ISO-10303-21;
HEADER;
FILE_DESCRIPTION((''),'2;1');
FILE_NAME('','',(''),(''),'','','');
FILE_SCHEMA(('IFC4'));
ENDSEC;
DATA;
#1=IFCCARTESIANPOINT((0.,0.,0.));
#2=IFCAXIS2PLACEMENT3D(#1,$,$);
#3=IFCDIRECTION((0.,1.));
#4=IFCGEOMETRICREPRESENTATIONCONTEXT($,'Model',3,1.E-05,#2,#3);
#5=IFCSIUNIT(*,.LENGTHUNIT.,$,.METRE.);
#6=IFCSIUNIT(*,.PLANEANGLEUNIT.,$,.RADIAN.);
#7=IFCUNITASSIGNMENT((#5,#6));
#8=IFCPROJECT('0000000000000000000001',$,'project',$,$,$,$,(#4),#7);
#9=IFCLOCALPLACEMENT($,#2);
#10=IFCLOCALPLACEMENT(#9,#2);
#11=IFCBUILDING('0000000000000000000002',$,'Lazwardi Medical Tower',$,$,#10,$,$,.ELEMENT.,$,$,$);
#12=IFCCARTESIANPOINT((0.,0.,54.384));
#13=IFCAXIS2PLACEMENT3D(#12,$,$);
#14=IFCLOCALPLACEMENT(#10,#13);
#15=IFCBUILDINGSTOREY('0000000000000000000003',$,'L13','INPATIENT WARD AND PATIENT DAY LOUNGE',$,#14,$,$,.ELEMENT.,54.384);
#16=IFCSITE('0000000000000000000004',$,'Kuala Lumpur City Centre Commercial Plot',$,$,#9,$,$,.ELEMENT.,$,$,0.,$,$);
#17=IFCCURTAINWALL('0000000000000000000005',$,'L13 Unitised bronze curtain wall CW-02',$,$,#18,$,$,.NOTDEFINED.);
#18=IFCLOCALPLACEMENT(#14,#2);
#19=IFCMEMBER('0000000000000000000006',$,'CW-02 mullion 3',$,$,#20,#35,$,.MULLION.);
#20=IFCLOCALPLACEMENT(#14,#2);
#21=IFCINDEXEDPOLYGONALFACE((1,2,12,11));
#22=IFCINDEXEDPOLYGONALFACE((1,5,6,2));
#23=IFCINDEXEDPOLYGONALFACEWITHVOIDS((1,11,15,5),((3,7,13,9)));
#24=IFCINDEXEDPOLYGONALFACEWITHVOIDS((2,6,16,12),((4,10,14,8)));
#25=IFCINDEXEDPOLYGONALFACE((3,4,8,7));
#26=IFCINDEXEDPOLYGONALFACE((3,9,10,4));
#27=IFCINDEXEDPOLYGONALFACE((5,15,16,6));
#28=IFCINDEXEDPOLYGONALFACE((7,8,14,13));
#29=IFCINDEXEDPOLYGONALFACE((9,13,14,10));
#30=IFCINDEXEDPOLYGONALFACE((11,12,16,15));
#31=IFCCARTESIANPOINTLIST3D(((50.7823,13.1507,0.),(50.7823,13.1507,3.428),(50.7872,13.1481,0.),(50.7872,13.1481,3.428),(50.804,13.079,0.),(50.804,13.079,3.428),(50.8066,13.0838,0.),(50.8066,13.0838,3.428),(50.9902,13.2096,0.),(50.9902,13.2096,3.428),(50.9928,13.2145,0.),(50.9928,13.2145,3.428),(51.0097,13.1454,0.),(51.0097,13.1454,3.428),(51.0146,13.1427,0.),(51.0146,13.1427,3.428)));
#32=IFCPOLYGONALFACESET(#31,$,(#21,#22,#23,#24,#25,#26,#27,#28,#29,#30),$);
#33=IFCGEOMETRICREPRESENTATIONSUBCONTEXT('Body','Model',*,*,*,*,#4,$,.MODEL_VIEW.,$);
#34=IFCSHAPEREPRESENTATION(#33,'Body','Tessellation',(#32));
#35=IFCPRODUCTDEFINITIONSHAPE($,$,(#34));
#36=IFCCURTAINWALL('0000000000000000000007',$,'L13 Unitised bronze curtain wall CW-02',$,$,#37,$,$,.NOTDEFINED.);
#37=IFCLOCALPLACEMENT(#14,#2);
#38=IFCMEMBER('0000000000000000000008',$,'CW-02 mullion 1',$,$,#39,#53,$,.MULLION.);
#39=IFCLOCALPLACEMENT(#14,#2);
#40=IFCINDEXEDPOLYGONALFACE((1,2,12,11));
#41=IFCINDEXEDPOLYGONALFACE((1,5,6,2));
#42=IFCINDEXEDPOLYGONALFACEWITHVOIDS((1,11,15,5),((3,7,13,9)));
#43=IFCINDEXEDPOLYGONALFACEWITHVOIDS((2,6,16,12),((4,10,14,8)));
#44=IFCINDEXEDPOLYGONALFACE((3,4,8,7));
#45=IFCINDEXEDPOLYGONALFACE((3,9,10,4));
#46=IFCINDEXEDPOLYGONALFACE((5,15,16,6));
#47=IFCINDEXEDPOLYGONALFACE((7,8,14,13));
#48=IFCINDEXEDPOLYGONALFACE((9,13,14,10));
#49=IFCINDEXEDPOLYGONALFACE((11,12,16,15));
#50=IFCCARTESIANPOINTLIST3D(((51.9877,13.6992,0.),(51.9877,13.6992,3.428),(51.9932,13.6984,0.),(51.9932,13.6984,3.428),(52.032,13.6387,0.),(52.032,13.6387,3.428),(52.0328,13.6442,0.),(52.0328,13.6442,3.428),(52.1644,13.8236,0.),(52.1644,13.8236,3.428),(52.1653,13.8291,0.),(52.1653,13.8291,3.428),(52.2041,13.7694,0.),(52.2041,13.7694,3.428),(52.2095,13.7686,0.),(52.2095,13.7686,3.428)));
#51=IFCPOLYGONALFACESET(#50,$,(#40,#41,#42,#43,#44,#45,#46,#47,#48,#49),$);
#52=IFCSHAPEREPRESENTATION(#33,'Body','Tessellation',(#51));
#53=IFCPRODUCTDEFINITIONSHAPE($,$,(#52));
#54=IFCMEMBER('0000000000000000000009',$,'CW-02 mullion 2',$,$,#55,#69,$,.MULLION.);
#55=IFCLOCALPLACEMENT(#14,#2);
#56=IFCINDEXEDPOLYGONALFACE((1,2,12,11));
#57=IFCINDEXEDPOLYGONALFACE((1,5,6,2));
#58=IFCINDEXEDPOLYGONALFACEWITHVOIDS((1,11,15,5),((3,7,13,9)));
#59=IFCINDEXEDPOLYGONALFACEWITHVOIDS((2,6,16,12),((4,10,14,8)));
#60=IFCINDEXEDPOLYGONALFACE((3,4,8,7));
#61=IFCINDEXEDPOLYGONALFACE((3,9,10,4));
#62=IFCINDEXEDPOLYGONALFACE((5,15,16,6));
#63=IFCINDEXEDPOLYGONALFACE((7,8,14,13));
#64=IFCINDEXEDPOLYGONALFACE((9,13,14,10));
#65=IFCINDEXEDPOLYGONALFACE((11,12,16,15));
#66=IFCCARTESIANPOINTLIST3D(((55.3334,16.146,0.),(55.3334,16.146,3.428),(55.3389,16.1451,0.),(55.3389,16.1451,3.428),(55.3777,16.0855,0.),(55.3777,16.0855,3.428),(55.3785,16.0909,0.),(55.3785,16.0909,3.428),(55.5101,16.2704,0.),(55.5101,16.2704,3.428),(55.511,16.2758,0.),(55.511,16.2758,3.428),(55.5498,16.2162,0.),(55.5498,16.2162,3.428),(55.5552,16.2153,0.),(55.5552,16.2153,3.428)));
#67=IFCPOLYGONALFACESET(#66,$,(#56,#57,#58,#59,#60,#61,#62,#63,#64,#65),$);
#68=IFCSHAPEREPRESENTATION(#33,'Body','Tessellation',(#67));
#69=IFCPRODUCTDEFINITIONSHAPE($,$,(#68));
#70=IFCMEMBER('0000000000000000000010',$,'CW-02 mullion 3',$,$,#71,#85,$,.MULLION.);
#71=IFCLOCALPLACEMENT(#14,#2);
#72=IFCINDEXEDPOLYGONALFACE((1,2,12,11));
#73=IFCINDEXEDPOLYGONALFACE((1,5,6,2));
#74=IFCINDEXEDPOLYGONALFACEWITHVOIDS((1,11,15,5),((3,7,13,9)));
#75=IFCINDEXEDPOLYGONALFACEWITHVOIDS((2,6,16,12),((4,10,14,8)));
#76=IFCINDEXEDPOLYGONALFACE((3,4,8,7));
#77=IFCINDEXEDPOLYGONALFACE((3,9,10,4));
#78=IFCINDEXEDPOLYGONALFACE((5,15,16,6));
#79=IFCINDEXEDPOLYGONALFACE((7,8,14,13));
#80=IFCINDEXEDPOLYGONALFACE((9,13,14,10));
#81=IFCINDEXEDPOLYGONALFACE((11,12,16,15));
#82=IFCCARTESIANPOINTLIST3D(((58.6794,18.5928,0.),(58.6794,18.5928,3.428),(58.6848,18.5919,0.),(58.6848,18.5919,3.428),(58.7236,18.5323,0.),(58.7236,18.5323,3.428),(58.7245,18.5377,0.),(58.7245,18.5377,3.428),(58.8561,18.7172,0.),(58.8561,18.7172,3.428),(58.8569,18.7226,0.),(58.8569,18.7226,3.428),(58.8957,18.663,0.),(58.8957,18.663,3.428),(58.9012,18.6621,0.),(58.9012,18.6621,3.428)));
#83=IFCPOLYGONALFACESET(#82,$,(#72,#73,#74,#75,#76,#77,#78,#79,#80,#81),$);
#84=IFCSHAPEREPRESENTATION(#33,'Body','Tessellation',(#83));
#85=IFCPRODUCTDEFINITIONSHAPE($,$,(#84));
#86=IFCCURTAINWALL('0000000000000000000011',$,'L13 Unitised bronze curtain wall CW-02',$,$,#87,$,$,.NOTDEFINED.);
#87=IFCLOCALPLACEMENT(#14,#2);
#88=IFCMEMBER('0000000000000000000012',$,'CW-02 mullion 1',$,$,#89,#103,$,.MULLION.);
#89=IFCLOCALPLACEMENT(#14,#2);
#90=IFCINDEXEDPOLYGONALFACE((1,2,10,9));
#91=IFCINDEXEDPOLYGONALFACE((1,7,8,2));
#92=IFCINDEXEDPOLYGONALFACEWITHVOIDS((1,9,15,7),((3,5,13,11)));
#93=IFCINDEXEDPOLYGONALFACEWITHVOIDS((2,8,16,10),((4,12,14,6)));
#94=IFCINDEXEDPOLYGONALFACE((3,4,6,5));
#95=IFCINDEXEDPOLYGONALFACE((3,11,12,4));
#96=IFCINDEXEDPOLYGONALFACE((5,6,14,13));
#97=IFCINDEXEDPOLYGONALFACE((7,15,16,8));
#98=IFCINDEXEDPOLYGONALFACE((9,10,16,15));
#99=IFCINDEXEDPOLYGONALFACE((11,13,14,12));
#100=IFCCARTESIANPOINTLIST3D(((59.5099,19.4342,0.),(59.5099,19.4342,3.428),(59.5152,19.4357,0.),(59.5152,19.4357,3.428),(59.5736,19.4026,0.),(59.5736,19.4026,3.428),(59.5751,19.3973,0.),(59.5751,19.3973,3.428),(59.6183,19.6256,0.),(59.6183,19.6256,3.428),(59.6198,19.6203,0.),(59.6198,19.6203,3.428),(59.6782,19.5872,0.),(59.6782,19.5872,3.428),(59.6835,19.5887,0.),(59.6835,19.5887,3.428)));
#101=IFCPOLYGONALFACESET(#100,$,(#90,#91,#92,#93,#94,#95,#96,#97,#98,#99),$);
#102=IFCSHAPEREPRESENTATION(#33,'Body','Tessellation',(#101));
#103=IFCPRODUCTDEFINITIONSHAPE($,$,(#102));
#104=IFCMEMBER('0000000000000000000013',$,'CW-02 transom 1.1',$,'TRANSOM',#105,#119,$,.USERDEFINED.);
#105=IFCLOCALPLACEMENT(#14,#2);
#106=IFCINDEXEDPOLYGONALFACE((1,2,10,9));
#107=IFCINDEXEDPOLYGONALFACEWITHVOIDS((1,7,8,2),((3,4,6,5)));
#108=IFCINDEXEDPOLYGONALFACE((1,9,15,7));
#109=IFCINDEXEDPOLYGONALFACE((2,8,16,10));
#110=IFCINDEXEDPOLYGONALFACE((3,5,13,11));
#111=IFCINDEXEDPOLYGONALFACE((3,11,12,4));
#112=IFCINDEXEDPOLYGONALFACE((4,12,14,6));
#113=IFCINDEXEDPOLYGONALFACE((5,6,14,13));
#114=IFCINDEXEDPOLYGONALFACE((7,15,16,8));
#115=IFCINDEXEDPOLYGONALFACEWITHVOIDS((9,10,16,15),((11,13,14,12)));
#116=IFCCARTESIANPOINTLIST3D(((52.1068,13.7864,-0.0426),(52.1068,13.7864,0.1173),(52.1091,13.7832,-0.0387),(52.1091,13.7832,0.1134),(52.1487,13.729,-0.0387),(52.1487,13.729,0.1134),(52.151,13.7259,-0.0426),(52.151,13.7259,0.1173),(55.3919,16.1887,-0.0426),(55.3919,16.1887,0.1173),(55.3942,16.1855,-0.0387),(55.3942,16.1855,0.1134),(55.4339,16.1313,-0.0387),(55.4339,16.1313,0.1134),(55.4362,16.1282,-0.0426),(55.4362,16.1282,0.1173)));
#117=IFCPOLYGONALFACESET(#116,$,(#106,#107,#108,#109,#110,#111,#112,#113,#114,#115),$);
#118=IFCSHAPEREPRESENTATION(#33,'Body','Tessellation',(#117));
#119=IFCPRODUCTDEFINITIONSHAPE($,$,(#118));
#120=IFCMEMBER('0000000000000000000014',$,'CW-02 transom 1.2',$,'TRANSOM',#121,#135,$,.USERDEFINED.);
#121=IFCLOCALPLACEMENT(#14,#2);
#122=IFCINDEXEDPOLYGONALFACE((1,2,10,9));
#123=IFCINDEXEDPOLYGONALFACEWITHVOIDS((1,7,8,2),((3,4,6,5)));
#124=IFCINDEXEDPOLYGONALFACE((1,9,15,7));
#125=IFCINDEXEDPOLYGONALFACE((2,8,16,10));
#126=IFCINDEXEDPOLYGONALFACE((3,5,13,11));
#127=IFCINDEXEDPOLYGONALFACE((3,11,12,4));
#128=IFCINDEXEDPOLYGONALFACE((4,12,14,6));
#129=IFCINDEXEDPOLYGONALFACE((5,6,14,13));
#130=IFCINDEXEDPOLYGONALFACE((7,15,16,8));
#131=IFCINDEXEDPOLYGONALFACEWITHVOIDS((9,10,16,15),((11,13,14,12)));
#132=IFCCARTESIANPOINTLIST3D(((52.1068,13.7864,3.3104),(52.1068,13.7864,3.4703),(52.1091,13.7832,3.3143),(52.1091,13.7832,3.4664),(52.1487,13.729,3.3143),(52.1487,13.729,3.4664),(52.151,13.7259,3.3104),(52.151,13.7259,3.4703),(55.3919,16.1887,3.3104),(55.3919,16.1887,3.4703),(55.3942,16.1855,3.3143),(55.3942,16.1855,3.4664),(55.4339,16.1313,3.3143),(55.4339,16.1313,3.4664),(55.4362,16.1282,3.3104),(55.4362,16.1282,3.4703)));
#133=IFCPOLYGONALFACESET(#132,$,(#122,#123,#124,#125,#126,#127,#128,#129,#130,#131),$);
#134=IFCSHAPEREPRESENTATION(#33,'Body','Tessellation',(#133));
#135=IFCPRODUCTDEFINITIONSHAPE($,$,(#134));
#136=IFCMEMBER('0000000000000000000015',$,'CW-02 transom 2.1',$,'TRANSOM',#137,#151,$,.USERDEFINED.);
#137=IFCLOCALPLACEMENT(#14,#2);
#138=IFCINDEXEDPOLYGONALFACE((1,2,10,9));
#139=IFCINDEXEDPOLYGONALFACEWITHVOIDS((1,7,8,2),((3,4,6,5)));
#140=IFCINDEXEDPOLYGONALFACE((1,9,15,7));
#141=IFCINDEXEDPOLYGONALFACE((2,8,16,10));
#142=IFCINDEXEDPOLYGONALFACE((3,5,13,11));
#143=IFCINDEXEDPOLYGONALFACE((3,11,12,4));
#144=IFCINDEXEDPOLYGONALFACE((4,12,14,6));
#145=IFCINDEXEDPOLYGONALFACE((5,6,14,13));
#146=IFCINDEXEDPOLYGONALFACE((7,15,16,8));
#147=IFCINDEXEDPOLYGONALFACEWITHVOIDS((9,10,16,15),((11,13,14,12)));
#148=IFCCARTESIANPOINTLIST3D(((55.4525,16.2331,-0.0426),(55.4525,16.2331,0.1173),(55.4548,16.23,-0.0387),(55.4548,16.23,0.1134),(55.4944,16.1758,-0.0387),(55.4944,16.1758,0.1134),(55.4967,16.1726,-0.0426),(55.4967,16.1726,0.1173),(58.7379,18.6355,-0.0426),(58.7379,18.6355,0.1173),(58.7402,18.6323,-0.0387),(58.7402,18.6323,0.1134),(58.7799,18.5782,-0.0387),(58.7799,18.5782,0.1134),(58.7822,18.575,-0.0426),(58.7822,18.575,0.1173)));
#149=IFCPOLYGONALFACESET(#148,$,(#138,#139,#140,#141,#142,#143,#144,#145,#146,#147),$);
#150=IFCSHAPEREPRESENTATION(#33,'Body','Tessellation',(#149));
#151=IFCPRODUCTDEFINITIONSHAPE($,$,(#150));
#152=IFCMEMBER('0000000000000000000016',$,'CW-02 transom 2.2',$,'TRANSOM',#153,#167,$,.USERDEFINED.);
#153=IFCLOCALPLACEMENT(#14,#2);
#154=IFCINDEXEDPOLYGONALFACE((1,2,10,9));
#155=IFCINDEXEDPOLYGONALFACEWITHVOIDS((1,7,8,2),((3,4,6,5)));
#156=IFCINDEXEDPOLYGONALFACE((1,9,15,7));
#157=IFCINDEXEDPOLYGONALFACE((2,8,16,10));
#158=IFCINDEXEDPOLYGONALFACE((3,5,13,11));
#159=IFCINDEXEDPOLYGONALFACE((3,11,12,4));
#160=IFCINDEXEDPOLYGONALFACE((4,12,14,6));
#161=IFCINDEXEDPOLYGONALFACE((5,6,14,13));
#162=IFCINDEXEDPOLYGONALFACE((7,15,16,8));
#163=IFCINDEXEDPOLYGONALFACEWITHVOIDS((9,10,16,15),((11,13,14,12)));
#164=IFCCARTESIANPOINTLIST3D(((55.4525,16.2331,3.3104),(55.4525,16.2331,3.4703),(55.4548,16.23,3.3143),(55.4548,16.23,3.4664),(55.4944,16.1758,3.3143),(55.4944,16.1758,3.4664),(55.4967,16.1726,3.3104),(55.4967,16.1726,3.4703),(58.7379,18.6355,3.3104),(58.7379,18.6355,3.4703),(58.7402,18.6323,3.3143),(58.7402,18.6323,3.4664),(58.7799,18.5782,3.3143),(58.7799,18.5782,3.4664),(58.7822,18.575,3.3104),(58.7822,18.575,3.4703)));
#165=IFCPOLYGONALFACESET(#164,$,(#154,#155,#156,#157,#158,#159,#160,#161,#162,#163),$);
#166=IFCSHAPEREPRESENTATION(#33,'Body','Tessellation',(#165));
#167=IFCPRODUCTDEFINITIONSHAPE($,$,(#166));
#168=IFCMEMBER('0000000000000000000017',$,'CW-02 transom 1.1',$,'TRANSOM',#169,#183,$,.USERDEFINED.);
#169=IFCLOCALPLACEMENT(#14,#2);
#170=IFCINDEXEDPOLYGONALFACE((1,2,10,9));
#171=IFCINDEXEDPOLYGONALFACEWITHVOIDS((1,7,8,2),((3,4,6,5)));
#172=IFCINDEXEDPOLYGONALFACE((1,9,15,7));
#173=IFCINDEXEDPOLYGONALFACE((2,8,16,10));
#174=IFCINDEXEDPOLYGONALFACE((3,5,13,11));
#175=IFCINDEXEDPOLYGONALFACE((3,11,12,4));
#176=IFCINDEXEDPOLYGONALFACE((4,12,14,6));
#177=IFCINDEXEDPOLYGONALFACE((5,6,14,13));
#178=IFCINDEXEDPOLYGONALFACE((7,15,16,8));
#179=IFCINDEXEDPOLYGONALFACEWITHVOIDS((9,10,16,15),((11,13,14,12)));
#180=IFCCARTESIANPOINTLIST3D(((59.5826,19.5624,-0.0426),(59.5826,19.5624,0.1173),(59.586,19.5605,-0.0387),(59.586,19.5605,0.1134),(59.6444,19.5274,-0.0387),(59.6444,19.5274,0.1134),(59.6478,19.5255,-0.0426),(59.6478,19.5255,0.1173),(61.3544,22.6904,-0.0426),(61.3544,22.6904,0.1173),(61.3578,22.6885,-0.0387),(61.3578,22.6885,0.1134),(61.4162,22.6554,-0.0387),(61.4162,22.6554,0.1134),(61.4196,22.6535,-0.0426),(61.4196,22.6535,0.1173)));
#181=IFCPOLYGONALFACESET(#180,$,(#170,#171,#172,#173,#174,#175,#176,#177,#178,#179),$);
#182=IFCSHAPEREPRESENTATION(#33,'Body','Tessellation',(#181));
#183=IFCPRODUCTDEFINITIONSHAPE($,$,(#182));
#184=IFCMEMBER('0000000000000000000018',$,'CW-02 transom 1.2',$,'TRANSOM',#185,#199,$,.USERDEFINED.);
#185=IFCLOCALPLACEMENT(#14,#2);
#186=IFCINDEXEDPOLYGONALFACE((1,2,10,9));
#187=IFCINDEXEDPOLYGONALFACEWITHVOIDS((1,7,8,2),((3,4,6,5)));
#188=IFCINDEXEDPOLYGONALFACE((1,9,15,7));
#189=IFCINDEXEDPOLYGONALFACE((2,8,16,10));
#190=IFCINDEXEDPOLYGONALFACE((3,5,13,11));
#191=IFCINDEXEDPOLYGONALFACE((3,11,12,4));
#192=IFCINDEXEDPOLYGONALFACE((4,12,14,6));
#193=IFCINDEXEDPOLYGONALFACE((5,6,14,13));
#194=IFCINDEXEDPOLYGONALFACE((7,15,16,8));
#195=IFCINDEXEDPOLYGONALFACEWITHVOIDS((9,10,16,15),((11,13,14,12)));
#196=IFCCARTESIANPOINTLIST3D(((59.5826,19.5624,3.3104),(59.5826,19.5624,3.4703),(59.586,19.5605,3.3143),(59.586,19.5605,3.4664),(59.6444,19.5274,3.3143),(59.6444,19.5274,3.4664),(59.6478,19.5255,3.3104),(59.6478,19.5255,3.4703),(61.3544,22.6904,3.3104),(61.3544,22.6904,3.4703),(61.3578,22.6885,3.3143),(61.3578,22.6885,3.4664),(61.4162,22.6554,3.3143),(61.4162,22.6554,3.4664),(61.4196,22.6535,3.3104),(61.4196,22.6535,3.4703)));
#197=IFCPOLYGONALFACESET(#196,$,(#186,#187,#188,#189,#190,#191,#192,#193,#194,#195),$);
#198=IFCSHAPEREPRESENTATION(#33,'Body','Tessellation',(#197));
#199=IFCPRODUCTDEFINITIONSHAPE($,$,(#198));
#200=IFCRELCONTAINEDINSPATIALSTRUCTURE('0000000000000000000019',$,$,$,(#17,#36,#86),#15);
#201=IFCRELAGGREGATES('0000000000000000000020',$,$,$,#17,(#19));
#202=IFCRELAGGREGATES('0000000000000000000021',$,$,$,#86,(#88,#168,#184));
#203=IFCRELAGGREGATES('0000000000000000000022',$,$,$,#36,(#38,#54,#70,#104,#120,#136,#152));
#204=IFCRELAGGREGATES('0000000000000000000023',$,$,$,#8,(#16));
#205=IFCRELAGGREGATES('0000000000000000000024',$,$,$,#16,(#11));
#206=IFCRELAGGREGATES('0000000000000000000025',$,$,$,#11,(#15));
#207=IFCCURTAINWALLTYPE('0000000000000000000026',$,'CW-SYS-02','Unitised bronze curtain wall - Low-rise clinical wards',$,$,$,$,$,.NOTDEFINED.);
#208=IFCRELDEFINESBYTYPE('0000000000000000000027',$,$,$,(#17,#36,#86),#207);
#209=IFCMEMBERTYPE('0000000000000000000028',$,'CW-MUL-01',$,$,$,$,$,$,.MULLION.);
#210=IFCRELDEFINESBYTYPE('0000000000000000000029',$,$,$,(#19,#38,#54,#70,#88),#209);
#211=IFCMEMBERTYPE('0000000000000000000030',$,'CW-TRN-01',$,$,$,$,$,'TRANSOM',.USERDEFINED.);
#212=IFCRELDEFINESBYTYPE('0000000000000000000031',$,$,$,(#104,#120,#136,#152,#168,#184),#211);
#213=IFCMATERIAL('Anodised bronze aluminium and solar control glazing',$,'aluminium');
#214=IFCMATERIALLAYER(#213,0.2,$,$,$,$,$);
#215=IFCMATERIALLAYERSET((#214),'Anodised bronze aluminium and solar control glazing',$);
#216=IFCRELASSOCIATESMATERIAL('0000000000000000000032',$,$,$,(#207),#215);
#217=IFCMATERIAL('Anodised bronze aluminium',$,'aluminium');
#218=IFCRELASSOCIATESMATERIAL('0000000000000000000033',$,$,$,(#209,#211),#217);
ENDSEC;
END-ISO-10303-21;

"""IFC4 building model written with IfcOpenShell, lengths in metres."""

from ifc_helpers import new_model, si_unit, direction, frame, origin, origin_2d, place, context, subcontext, project, spatial, hollow_rectangle, extrude, material, layer, layer_set, material_profile, profile_set, type_object, element, aggregate, save


model = new_model("IFC4")

# Units and contexts
model_context = context("Model", 3, precision=1e-05, world=origin(), true_north=direction((0.0, 1.0)))
body_context = subcontext(model_context, "Body", "Model", "MODEL_VIEW")
ifc_project = project(units=[si_unit("LENGTHUNIT", "METRE"), si_unit("PLANEANGLEUNIT", "RADIAN")], contexts=[model_context])

# Site, building, storey
site_placement = place(None, origin())
site = spatial("IfcSite", under=ifc_project, at=site_placement, Name="Kuala Lumpur City Centre Commercial Plot", CompositionType="ELEMENT", RefElevation=0.0)
building_placement = place(site_placement, origin())
building = spatial("IfcBuilding", under=site, at=building_placement, Name="Lazwardi Medical Tower", CompositionType="ELEMENT")
storey_placement = place(building_placement, frame((0.0, 0.0, 54.384)))
storey = spatial("IfcBuildingStorey", under=building, at=storey_placement, Name="L13", Description="INPATIENT WARD AND PATIENT DAY LOUNGE", CompositionType="ELEMENT", Elevation=54.384)

# Curtain wall, member
ifc_material_1 = material(Name="Anodised bronze aluminium and solar control glazing", Category="aluminium")
ifc_layer_1 = layer(ifc_material_1, 0.2)
ifc_layer_set_1 = layer_set([ifc_layer_1], Name="Anodised bronze aluminium and solar control glazing")
curtain_wall_type = type_object("IfcCurtainWallType", Name="CW-SYS-02", Description="Unitised bronze curtain wall - Low-rise clinical wards", PredefinedType="NOTDEFINED", material=ifc_layer_set_1)
curtain_wall_1_placement = place(storey_placement, origin())
curtain_wall_1 = element("IfcCurtainWall", 1, at=curtain_wall_1_placement, inside=storey, type_object=curtain_wall_type, Name="L13 Unitised bronze curtain wall CW-02", PredefinedType="NOTDEFINED")
ifc_material_2 = material(Name="Anodised bronze aluminium", Category="aluminium")
ifc_material_profile_1 = material_profile(ifc_material_2, hollow_rectangle(XDim=0.075, YDim=0.22, WallThickness=0.0039, at=origin_2d()), Name="ALU-MULLION 220x75x4")
ifc_profile_set_1 = profile_set([ifc_material_profile_1], Name="Anodised bronze aluminium")
member_type_1 = type_object("IfcMemberType", Name="CW-MUL-01", PredefinedType="MULLION", material=ifc_profile_set_1)
member_1_placement = place(storey_placement, frame((50.8984, 13.1467, 0.0), z_axis=(0.0, 0.0, 1.0), x_axis=(-0.289896, 0.957058, 0.0)))
member_1 = element("IfcMember", 2, at=member_1_placement, type_object=member_type_1, Name="CW-02 mullion 3", PredefinedType="MULLION", context=body_context, shape_type="SweptSolid", body=[
    extrude(hollow_rectangle(XDim=0.075, YDim=0.22, WallThickness=0.0039, at=origin_2d()), origin(), (0.0, 0.0, 1.0), 3.428),
])
aggregate(curtain_wall_1, [member_1])

# Curtain wall, members
curtain_wall_2_placement = place(storey_placement, origin())
curtain_wall_2 = element("IfcCurtainWall", 3, at=curtain_wall_2_placement, inside=storey, type_object=curtain_wall_type, Name="L13 Unitised bronze curtain wall CW-02", PredefinedType="NOTDEFINED")
member_2_placement = place(storey_placement, frame((52.0986, 13.7339, 0.0), z_axis=(0.0, 0.0, 1.0), x_axis=(-0.590289, 0.807192, 0.0)))
member_2 = element("IfcMember", 4, at=member_2_placement, type_object=member_type_1, Name="CW-02 mullion 1", PredefinedType="MULLION", context=body_context, shape_type="SweptSolid", body=[
    extrude(hollow_rectangle(XDim=0.075, YDim=0.22, WallThickness=0.0039, at=origin_2d()), origin(), (0.0, 0.0, 1.0), 3.428),
])
member_3_placement = place(storey_placement, frame((55.4443, 16.1807, 0.0), z_axis=(0.0, 0.0, 1.0), x_axis=(-0.590289, 0.807192, 0.0)))
member_3 = element("IfcMember", 5, at=member_3_placement, type_object=member_type_1, Name="CW-02 mullion 2", PredefinedType="MULLION", context=body_context, shape_type="SweptSolid", body=[
    extrude(hollow_rectangle(XDim=0.075, YDim=0.22, WallThickness=0.0039, at=origin_2d()), origin(), (0.0, 0.0, 1.0), 3.428),
])
member_4_placement = place(storey_placement, frame((58.7903, 18.6274, 0.0), z_axis=(0.0, 0.0, 1.0), x_axis=(-0.590289, 0.807192, 0.0)))
member_4 = element("IfcMember", 6, at=member_4_placement, type_object=member_type_1, Name="CW-02 mullion 3", PredefinedType="MULLION", context=body_context, shape_type="SweptSolid", body=[
    extrude(hollow_rectangle(XDim=0.075, YDim=0.22, WallThickness=0.0039, at=origin_2d()), origin(), (0.0, 0.0, 1.0), 3.428),
])

# Curtain wall, member
curtain_wall_3_placement = place(storey_placement, origin())
curtain_wall_3 = element("IfcCurtainWall", 7, at=curtain_wall_3_placement, inside=storey, type_object=curtain_wall_type, Name="L13 Unitised bronze curtain wall CW-02", PredefinedType="NOTDEFINED")
member_5_placement = place(storey_placement, frame((59.5967, 19.5115, 0.0), z_axis=(0.0, 0.0, 1.0), x_axis=(-0.870112, 0.492854, 0.0)))
member_5 = element("IfcMember", 8, at=member_5_placement, type_object=member_type_1, Name="CW-02 mullion 1", PredefinedType="MULLION", context=body_context, shape_type="SweptSolid", body=[
    extrude(hollow_rectangle(XDim=0.075, YDim=0.22, WallThickness=0.0039, at=origin_2d()), origin(), (0.0, 0.0, 1.0), 3.428),
])

# Members
ifc_material_profile_2 = material_profile(ifc_material_2, hollow_rectangle(XDim=0.075, YDim=0.1599, WallThickness=0.0039, at=origin_2d()), Name="ALU-TRANSOM 160x75x4")
ifc_profile_set_2 = profile_set([ifc_material_profile_2], Name="Anodised bronze aluminium")
member_type_2 = type_object("IfcMemberType", Name="CW-TRN-01", ElementType="TRANSOM", PredefinedType="USERDEFINED", material=ifc_profile_set_2)
member_6_placement = place(storey_placement, frame((52.1289, 13.7561, 0.0374), z_axis=(0.807198, 0.590281, 0.0), x_axis=(-0.590281, 0.807198, 0.0)))
member_6 = element("IfcMember", 9, at=member_6_placement, type_object=member_type_2, Name="CW-02 transom 1.1", ObjectType="TRANSOM", PredefinedType="USERDEFINED", context=body_context, shape_type="SweptSolid", body=[
    extrude(hollow_rectangle(XDim=0.075, YDim=0.1599, WallThickness=0.0039, at=origin_2d()), origin(), (0.0, 0.0, 1.0), 4.0698),
])
member_7_placement = place(storey_placement, frame((52.1289, 13.7561, 3.3904), z_axis=(0.807198, 0.590281, 0.0), x_axis=(-0.590281, 0.807198, 0.0)))
member_7 = element("IfcMember", 10, at=member_7_placement, type_object=member_type_2, Name="CW-02 transom 1.2", ObjectType="TRANSOM", PredefinedType="USERDEFINED", context=body_context, shape_type="SweptSolid", body=[
    extrude(hollow_rectangle(XDim=0.075, YDim=0.1599, WallThickness=0.0039, at=origin_2d()), origin(), (0.0, 0.0, 1.0), 4.0698),
])
member_8_placement = place(storey_placement, frame((55.4746, 16.2029, 0.0374), z_axis=(0.807219, 0.590253, 0.0), x_axis=(-0.590253, 0.807219, 0.0)))
member_8 = element("IfcMember", 11, at=member_8_placement, type_object=member_type_2, Name="CW-02 transom 2.1", ObjectType="TRANSOM", PredefinedType="USERDEFINED", context=body_context, shape_type="SweptSolid", body=[
    extrude(hollow_rectangle(XDim=0.075, YDim=0.1599, WallThickness=0.0039, at=origin_2d()), origin(), (0.0, 0.0, 1.0), 4.0701),
])
member_9_placement = place(storey_placement, frame((55.4746, 16.2029, 3.3904), z_axis=(0.807219, 0.590253, 0.0), x_axis=(-0.590253, 0.807219, 0.0)))
member_9 = element("IfcMember", 12, at=member_9_placement, type_object=member_type_2, Name="CW-02 transom 2.2", ObjectType="TRANSOM", PredefinedType="USERDEFINED", context=body_context, shape_type="SweptSolid", body=[
    extrude(hollow_rectangle(XDim=0.075, YDim=0.1599, WallThickness=0.0039, at=origin_2d()), origin(), (0.0, 0.0, 1.0), 4.0701),
])
member_10_placement = place(storey_placement, frame((59.6152, 19.5439, 0.0374), z_axis=(0.492851, 0.870113, 0.0), x_axis=(-0.870113, 0.492851, 0.0)))
member_10 = element("IfcMember", 13, at=member_10_placement, type_object=member_type_2, Name="CW-02 transom 1.1", ObjectType="TRANSOM", PredefinedType="USERDEFINED", context=body_context, shape_type="SweptSolid", body=[
    extrude(hollow_rectangle(XDim=0.075, YDim=0.1599, WallThickness=0.0039, at=origin_2d()), origin(), (0.0, 0.0, 1.0), 3.595),
])
member_11_placement = place(storey_placement, frame((59.6152, 19.5439, 3.3904), z_axis=(0.492851, 0.870113, 0.0), x_axis=(-0.870113, 0.492851, 0.0)))
member_11 = element("IfcMember", 14, at=member_11_placement, type_object=member_type_2, Name="CW-02 transom 1.2", ObjectType="TRANSOM", PredefinedType="USERDEFINED", context=body_context, shape_type="SweptSolid", body=[
    extrude(hollow_rectangle(XDim=0.075, YDim=0.1599, WallThickness=0.0039, at=origin_2d()), origin(), (0.0, 0.0, 1.0), 3.595),
])
aggregate(curtain_wall_3, [member_5, member_10, member_11])

aggregate(curtain_wall_2, [member_2, member_3, member_4, member_6, member_7, member_8, member_9])

save(model, "model.ifc")
